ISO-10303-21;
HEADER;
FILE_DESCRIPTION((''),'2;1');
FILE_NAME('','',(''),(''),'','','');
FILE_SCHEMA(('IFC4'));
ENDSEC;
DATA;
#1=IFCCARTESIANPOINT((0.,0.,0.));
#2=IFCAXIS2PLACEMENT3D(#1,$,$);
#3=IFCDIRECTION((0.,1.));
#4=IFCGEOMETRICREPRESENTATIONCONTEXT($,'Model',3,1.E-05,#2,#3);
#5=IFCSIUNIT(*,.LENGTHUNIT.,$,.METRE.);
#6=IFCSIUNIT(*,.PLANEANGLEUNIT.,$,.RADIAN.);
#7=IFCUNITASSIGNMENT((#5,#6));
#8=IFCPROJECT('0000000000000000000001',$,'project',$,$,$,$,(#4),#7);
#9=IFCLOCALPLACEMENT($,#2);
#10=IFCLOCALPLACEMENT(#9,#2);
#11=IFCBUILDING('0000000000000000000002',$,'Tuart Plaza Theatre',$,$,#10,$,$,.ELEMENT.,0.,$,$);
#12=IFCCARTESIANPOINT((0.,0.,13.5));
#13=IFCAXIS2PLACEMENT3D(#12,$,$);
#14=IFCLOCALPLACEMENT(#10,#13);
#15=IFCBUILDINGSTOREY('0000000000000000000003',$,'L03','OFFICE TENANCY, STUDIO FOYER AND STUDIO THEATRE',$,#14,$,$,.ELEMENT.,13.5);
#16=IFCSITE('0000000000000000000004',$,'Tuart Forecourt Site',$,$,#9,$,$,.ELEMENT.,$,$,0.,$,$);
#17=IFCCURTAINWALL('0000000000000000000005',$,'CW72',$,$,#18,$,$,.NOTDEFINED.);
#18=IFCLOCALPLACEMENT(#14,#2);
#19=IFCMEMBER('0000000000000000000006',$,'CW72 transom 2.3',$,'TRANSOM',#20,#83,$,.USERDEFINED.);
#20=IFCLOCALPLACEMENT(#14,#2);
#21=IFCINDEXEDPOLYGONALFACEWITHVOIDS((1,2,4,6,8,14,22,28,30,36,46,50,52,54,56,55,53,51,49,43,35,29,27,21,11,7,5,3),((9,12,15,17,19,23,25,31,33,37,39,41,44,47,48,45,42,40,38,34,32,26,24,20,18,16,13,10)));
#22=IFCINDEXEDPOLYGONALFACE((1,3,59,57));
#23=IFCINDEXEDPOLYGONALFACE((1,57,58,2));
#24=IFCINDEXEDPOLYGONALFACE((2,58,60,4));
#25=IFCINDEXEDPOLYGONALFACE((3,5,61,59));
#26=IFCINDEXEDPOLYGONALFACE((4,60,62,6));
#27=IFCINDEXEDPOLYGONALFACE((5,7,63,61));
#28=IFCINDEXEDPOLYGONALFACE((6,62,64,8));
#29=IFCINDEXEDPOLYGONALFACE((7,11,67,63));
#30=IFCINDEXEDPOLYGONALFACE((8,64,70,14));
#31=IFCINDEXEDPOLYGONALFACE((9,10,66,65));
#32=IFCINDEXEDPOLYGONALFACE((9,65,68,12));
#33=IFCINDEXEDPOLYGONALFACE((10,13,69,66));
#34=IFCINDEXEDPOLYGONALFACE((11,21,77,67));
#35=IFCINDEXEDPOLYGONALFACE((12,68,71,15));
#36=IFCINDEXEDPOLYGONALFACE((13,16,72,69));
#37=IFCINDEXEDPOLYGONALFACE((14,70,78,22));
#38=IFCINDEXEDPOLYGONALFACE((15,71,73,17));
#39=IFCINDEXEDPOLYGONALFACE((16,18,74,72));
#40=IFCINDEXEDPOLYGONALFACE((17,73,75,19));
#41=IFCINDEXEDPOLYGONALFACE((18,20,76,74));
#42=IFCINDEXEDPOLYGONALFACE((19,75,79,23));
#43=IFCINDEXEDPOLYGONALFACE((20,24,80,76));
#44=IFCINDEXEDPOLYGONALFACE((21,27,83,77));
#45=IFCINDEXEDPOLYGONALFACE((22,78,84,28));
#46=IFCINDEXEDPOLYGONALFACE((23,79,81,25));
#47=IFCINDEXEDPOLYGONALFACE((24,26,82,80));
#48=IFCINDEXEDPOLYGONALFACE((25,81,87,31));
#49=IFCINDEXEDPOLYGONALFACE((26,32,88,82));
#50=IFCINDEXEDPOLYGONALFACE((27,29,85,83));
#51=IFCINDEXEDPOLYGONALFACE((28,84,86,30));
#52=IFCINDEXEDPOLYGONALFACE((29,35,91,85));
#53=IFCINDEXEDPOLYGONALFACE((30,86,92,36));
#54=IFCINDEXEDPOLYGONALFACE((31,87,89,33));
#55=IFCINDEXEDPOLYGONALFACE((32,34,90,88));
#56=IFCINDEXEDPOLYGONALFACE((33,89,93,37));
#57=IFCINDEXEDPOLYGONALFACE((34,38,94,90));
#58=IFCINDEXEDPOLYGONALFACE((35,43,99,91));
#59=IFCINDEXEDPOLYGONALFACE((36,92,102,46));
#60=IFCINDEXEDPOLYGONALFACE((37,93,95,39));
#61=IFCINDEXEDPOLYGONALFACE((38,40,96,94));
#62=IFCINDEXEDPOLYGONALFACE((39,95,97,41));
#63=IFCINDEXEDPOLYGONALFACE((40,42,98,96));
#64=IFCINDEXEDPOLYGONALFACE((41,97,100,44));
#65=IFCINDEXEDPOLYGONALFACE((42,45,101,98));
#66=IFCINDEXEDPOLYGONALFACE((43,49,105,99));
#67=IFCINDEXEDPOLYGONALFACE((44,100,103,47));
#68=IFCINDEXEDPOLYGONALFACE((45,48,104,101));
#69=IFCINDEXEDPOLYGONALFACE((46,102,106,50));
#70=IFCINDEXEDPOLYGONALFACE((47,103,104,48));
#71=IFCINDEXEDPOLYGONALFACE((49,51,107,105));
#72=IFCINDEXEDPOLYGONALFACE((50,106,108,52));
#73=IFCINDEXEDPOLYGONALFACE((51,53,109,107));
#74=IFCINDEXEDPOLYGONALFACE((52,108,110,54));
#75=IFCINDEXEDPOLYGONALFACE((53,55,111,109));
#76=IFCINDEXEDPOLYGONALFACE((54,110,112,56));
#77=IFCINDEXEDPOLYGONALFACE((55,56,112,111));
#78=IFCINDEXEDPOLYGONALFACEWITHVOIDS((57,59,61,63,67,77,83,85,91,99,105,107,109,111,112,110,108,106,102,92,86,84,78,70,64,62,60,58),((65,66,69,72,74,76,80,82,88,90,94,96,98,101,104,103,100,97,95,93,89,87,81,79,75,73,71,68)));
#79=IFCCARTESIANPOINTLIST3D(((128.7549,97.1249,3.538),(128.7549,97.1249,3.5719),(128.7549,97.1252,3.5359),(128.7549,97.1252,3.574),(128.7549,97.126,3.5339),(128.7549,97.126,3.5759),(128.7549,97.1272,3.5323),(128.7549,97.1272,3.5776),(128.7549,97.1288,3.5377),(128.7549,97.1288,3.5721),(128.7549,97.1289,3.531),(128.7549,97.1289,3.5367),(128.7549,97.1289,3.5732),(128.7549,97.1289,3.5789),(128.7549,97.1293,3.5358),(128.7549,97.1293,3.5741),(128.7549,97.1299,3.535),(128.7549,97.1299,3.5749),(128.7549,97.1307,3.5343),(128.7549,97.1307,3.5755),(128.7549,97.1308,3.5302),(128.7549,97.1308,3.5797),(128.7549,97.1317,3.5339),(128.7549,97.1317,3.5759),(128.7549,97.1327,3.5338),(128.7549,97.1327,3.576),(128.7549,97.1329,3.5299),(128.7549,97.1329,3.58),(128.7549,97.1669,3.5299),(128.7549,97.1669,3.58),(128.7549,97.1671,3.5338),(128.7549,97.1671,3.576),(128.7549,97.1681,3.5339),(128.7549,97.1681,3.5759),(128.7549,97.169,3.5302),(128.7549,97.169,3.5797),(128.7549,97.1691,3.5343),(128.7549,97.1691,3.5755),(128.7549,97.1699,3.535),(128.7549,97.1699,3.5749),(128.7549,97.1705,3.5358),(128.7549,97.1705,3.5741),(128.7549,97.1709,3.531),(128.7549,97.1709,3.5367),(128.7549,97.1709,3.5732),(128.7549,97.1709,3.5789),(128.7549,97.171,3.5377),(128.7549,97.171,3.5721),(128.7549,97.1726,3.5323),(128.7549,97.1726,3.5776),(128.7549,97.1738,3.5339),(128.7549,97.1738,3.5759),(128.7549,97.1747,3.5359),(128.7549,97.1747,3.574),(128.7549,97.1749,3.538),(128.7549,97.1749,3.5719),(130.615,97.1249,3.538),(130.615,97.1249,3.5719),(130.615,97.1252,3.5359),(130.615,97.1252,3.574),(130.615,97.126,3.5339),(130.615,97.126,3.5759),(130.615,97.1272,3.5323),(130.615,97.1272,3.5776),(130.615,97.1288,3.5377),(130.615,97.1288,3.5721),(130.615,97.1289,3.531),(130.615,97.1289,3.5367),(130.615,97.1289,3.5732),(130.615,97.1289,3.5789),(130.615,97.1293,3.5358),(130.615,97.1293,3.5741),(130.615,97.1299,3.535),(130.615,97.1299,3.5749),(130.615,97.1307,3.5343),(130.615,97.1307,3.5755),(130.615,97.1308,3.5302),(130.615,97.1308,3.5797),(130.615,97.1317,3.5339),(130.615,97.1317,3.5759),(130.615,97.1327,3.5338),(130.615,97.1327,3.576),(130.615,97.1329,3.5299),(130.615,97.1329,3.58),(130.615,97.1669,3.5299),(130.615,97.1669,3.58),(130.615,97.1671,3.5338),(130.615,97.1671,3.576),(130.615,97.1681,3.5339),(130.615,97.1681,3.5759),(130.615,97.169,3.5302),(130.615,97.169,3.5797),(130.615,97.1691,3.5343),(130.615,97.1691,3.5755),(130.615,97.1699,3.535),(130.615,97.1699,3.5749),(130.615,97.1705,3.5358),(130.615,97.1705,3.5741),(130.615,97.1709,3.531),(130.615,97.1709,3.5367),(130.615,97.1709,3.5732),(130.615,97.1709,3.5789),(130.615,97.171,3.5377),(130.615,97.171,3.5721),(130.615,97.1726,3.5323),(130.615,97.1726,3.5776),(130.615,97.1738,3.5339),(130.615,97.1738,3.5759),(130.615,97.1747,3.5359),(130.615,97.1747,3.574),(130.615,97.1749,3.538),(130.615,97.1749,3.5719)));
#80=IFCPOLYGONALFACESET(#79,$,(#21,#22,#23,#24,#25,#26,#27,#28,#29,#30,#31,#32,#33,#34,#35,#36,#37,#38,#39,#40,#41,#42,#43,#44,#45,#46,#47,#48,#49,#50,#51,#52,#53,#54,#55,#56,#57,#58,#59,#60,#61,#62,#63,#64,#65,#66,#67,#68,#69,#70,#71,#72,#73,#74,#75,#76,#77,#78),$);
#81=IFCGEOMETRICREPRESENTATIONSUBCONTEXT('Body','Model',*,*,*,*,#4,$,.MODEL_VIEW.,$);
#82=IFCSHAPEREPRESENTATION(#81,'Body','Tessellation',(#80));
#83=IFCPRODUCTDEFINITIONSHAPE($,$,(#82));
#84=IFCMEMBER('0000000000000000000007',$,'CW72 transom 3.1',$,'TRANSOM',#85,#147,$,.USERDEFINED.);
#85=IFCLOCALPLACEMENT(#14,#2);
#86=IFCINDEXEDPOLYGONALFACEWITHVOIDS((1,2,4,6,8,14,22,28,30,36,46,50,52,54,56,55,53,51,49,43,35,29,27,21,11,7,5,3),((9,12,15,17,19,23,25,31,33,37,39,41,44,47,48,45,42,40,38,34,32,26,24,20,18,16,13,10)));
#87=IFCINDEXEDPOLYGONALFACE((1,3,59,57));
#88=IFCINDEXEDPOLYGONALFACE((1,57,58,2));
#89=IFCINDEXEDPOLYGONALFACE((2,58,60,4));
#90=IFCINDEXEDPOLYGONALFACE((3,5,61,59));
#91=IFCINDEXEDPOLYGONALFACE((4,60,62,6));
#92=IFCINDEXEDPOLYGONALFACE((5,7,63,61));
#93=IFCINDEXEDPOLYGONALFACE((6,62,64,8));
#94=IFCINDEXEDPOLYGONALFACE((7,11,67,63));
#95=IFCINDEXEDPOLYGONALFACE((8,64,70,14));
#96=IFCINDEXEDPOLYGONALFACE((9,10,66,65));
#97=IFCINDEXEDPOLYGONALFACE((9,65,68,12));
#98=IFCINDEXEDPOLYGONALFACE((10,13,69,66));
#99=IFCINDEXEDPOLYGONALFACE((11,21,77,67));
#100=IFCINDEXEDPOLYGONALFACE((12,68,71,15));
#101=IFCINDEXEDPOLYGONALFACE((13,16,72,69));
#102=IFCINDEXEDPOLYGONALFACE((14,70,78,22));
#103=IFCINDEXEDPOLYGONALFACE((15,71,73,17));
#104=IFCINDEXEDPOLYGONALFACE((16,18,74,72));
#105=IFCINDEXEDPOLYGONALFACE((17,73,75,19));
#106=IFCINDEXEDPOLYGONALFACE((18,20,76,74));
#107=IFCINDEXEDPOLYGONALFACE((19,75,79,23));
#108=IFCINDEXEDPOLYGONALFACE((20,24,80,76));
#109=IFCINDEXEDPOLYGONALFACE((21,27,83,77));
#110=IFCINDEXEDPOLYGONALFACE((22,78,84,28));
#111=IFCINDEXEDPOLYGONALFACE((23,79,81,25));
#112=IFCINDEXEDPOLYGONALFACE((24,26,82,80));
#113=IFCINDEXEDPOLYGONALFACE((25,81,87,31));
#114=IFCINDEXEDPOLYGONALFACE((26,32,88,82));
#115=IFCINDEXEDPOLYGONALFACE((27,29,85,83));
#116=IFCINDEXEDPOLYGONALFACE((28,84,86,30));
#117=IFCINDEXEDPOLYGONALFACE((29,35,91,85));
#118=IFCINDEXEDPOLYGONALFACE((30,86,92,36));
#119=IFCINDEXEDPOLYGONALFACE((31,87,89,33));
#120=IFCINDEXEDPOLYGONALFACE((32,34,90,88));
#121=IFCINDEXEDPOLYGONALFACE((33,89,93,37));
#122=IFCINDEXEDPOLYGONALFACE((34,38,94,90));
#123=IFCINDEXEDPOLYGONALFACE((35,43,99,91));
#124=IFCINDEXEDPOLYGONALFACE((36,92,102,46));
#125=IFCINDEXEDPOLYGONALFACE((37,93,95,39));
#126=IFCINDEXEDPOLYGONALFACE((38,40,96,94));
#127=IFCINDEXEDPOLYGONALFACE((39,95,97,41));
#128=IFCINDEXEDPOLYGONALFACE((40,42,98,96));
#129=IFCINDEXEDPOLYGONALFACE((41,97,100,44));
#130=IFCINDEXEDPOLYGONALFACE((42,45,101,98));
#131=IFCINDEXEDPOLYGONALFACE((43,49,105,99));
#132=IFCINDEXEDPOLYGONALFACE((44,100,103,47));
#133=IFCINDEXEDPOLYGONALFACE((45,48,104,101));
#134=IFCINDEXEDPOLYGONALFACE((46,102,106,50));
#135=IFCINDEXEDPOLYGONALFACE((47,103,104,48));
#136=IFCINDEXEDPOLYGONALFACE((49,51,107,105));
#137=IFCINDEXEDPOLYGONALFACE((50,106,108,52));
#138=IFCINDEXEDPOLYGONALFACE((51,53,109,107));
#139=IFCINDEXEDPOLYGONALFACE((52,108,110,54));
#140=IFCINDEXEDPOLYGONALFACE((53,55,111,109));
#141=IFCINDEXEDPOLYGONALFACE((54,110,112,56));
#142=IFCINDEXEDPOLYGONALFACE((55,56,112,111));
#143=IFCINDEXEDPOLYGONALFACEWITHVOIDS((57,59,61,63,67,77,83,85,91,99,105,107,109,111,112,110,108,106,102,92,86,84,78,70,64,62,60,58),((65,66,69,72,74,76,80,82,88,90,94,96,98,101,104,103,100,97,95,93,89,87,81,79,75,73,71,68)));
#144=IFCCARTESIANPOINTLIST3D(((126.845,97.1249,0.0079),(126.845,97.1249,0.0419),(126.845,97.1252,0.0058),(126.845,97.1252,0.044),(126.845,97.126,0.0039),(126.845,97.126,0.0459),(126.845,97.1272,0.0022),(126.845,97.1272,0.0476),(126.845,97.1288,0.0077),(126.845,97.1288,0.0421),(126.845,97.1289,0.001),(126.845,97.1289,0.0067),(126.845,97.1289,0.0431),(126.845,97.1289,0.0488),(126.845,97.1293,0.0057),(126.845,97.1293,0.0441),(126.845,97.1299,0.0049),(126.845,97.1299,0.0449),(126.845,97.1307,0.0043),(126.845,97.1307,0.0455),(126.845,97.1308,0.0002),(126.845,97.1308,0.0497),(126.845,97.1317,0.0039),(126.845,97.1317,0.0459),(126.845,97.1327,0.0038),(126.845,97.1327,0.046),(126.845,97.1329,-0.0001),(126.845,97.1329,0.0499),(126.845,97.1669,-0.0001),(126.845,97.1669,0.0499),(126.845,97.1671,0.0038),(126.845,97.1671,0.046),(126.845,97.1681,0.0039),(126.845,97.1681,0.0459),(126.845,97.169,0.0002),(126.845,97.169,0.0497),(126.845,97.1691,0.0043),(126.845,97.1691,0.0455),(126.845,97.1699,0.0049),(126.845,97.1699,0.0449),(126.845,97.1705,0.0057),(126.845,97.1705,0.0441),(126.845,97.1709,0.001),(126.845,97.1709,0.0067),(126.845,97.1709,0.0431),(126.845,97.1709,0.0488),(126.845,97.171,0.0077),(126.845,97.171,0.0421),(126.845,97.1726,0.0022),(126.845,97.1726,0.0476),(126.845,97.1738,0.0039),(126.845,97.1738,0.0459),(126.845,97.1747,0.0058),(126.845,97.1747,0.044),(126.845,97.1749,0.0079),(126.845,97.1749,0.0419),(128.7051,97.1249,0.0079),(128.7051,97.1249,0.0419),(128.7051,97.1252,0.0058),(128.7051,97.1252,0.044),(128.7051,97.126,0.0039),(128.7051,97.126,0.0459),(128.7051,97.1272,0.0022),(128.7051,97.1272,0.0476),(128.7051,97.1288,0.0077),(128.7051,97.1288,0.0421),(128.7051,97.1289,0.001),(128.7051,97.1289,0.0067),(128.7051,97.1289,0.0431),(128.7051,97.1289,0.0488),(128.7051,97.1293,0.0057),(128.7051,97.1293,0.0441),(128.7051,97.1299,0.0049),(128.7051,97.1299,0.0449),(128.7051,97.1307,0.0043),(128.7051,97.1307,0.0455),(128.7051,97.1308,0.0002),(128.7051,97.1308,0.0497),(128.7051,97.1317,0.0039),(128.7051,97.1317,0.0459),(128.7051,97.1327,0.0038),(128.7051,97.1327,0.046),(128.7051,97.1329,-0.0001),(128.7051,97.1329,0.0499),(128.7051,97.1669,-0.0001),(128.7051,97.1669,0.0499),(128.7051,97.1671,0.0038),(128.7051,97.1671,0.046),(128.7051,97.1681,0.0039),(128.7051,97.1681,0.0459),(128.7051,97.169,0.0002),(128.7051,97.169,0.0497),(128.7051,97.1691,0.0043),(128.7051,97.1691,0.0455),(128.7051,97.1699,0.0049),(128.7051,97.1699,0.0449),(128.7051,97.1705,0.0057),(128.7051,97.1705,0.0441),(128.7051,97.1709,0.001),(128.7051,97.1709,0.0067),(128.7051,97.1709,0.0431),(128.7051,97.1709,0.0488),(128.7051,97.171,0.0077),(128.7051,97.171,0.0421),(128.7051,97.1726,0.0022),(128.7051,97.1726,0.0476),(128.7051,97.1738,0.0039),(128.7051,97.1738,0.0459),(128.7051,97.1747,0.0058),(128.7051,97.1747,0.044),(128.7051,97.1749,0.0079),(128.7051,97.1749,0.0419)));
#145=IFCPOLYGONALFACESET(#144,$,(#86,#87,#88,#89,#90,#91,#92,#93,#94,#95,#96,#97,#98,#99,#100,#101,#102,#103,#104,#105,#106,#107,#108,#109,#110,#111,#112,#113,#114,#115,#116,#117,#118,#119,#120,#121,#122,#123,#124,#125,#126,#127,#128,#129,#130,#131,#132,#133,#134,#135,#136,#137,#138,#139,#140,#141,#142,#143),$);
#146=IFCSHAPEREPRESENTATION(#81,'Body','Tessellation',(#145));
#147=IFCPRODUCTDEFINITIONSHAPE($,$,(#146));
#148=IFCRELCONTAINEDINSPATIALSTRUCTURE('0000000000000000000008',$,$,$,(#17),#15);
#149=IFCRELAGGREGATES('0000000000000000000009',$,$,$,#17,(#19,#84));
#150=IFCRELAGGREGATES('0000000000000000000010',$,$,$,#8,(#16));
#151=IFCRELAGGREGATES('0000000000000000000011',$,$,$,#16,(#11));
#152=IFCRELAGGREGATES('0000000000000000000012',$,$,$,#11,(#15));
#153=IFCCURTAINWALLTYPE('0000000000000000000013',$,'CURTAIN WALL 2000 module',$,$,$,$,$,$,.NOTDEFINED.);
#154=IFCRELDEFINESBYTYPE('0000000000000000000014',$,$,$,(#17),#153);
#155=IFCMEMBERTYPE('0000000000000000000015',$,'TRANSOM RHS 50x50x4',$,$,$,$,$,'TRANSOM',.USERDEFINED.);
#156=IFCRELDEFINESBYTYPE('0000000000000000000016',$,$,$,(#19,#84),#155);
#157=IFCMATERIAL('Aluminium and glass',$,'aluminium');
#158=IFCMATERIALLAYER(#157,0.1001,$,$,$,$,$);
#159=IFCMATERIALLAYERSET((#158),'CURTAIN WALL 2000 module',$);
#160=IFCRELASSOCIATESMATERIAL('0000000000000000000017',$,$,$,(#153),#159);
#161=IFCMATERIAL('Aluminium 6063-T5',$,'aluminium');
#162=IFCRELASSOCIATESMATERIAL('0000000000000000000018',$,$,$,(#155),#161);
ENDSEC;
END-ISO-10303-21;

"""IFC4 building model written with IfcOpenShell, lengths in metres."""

from ifc_helpers import new_model, si_unit, direction, frame, origin, origin_2d, place, context, subcontext, project, spatial, hollow_rectangle, extrude, material, layer, layer_set, material_profile, profile_set, type_object, element, aggregate, save


model = new_model("IFC4")

# Units and contexts
model_context = context("Model", 3, precision=1e-05, world=origin(), true_north=direction((0.0, 1.0)))
body_context = subcontext(model_context, "Body", "Model", "MODEL_VIEW")
ifc_project = project(units=[si_unit("LENGTHUNIT", "METRE"), si_unit("PLANEANGLEUNIT", "RADIAN")], contexts=[model_context])

# Site, building, storey
site_placement = place(None, origin())
site = spatial("IfcSite", under=ifc_project, at=site_placement, Name="Tuart Forecourt Site", CompositionType="ELEMENT", RefElevation=0.0)
building_placement = place(site_placement, origin())
building = spatial("IfcBuilding", under=site, at=building_placement, Name="Tuart Plaza Theatre", CompositionType="ELEMENT", ElevationOfRefHeight=0.0)
storey_placement = place(building_placement, frame((0.0, 0.0, 13.5)))
storey = spatial("IfcBuildingStorey", under=building, at=storey_placement, Name="L03", Description="OFFICE TENANCY, STUDIO FOYER AND STUDIO THEATRE", CompositionType="ELEMENT", Elevation=13.5)

# Curtain wall, members
ifc_material_1 = material(Name="Aluminium and glass", Category="aluminium")
ifc_layer_1 = layer(ifc_material_1, 0.1001)
ifc_layer_set_1 = layer_set([ifc_layer_1], Name="CURTAIN WALL 2000 module")
curtain_wall_type = type_object("IfcCurtainWallType", Name="CURTAIN WALL 2000 module", PredefinedType="NOTDEFINED", material=ifc_layer_set_1)
curtain_wall_placement = place(storey_placement, origin())
curtain_wall = element("IfcCurtainWall", 1, at=curtain_wall_placement, inside=storey, type_object=curtain_wall_type, Name="CW72", PredefinedType="NOTDEFINED")
ifc_material_2 = material(Name="Aluminium 6063-T5", Category="aluminium")
ifc_material_profile_1 = material_profile(ifc_material_2, hollow_rectangle(XDim=0.05, YDim=0.05, WallThickness=0.0039, InnerFilletRadius=0.0039, OuterFilletRadius=0.0081, at=origin_2d()), Name="RHS 50x50x4")
ifc_profile_set_1 = profile_set([ifc_material_profile_1], Name="Aluminium 6063-T5")
member_type_1 = type_object("IfcMemberType", Name="TRANSOM RHS 50x50x4", ElementType="TRANSOM", PredefinedType="USERDEFINED", material=ifc_profile_set_1)
member_1_placement = place(storey_placement, frame((130.615, 97.1499, 3.5549), z_axis=(-1.0, 0.0, 0.0), x_axis=(0.0, -1.0, 0.0)))
member_1 = element("IfcMember", 2, at=member_1_placement, type_object=member_type_1, Name="CW72 transom 2.3", ObjectType="TRANSOM", PredefinedType="USERDEFINED", context=body_context, shape_type="SweptSolid", body=[
    extrude(hollow_rectangle(XDim=0.05, YDim=0.05, WallThickness=0.0039, InnerFilletRadius=0.0039, OuterFilletRadius=0.0081, at=origin_2d()), origin(), (0.0, 0.0, 1.0), 1.8601),
])
member_2_placement = place(storey_placement, frame((128.7051, 97.1499, 0.0249), z_axis=(-1.0, 0.0, 0.0), x_axis=(0.0, -1.0, 0.0)))
member_2 = element("IfcMember", 3, at=member_2_placement, type_object=member_type_1, Name="CW72 transom 3.1", ObjectType="TRANSOM", PredefinedType="USERDEFINED", context=body_context, shape_type="SweptSolid", body=[
    extrude(hollow_rectangle(XDim=0.05, YDim=0.05, WallThickness=0.0039, InnerFilletRadius=0.0039, OuterFilletRadius=0.0081, at=origin_2d()), origin(), (0.0, 0.0, 1.0), 1.8601),
])
aggregate(curtain_wall, [member_1, member_2])

save(model, "model.ifc")
